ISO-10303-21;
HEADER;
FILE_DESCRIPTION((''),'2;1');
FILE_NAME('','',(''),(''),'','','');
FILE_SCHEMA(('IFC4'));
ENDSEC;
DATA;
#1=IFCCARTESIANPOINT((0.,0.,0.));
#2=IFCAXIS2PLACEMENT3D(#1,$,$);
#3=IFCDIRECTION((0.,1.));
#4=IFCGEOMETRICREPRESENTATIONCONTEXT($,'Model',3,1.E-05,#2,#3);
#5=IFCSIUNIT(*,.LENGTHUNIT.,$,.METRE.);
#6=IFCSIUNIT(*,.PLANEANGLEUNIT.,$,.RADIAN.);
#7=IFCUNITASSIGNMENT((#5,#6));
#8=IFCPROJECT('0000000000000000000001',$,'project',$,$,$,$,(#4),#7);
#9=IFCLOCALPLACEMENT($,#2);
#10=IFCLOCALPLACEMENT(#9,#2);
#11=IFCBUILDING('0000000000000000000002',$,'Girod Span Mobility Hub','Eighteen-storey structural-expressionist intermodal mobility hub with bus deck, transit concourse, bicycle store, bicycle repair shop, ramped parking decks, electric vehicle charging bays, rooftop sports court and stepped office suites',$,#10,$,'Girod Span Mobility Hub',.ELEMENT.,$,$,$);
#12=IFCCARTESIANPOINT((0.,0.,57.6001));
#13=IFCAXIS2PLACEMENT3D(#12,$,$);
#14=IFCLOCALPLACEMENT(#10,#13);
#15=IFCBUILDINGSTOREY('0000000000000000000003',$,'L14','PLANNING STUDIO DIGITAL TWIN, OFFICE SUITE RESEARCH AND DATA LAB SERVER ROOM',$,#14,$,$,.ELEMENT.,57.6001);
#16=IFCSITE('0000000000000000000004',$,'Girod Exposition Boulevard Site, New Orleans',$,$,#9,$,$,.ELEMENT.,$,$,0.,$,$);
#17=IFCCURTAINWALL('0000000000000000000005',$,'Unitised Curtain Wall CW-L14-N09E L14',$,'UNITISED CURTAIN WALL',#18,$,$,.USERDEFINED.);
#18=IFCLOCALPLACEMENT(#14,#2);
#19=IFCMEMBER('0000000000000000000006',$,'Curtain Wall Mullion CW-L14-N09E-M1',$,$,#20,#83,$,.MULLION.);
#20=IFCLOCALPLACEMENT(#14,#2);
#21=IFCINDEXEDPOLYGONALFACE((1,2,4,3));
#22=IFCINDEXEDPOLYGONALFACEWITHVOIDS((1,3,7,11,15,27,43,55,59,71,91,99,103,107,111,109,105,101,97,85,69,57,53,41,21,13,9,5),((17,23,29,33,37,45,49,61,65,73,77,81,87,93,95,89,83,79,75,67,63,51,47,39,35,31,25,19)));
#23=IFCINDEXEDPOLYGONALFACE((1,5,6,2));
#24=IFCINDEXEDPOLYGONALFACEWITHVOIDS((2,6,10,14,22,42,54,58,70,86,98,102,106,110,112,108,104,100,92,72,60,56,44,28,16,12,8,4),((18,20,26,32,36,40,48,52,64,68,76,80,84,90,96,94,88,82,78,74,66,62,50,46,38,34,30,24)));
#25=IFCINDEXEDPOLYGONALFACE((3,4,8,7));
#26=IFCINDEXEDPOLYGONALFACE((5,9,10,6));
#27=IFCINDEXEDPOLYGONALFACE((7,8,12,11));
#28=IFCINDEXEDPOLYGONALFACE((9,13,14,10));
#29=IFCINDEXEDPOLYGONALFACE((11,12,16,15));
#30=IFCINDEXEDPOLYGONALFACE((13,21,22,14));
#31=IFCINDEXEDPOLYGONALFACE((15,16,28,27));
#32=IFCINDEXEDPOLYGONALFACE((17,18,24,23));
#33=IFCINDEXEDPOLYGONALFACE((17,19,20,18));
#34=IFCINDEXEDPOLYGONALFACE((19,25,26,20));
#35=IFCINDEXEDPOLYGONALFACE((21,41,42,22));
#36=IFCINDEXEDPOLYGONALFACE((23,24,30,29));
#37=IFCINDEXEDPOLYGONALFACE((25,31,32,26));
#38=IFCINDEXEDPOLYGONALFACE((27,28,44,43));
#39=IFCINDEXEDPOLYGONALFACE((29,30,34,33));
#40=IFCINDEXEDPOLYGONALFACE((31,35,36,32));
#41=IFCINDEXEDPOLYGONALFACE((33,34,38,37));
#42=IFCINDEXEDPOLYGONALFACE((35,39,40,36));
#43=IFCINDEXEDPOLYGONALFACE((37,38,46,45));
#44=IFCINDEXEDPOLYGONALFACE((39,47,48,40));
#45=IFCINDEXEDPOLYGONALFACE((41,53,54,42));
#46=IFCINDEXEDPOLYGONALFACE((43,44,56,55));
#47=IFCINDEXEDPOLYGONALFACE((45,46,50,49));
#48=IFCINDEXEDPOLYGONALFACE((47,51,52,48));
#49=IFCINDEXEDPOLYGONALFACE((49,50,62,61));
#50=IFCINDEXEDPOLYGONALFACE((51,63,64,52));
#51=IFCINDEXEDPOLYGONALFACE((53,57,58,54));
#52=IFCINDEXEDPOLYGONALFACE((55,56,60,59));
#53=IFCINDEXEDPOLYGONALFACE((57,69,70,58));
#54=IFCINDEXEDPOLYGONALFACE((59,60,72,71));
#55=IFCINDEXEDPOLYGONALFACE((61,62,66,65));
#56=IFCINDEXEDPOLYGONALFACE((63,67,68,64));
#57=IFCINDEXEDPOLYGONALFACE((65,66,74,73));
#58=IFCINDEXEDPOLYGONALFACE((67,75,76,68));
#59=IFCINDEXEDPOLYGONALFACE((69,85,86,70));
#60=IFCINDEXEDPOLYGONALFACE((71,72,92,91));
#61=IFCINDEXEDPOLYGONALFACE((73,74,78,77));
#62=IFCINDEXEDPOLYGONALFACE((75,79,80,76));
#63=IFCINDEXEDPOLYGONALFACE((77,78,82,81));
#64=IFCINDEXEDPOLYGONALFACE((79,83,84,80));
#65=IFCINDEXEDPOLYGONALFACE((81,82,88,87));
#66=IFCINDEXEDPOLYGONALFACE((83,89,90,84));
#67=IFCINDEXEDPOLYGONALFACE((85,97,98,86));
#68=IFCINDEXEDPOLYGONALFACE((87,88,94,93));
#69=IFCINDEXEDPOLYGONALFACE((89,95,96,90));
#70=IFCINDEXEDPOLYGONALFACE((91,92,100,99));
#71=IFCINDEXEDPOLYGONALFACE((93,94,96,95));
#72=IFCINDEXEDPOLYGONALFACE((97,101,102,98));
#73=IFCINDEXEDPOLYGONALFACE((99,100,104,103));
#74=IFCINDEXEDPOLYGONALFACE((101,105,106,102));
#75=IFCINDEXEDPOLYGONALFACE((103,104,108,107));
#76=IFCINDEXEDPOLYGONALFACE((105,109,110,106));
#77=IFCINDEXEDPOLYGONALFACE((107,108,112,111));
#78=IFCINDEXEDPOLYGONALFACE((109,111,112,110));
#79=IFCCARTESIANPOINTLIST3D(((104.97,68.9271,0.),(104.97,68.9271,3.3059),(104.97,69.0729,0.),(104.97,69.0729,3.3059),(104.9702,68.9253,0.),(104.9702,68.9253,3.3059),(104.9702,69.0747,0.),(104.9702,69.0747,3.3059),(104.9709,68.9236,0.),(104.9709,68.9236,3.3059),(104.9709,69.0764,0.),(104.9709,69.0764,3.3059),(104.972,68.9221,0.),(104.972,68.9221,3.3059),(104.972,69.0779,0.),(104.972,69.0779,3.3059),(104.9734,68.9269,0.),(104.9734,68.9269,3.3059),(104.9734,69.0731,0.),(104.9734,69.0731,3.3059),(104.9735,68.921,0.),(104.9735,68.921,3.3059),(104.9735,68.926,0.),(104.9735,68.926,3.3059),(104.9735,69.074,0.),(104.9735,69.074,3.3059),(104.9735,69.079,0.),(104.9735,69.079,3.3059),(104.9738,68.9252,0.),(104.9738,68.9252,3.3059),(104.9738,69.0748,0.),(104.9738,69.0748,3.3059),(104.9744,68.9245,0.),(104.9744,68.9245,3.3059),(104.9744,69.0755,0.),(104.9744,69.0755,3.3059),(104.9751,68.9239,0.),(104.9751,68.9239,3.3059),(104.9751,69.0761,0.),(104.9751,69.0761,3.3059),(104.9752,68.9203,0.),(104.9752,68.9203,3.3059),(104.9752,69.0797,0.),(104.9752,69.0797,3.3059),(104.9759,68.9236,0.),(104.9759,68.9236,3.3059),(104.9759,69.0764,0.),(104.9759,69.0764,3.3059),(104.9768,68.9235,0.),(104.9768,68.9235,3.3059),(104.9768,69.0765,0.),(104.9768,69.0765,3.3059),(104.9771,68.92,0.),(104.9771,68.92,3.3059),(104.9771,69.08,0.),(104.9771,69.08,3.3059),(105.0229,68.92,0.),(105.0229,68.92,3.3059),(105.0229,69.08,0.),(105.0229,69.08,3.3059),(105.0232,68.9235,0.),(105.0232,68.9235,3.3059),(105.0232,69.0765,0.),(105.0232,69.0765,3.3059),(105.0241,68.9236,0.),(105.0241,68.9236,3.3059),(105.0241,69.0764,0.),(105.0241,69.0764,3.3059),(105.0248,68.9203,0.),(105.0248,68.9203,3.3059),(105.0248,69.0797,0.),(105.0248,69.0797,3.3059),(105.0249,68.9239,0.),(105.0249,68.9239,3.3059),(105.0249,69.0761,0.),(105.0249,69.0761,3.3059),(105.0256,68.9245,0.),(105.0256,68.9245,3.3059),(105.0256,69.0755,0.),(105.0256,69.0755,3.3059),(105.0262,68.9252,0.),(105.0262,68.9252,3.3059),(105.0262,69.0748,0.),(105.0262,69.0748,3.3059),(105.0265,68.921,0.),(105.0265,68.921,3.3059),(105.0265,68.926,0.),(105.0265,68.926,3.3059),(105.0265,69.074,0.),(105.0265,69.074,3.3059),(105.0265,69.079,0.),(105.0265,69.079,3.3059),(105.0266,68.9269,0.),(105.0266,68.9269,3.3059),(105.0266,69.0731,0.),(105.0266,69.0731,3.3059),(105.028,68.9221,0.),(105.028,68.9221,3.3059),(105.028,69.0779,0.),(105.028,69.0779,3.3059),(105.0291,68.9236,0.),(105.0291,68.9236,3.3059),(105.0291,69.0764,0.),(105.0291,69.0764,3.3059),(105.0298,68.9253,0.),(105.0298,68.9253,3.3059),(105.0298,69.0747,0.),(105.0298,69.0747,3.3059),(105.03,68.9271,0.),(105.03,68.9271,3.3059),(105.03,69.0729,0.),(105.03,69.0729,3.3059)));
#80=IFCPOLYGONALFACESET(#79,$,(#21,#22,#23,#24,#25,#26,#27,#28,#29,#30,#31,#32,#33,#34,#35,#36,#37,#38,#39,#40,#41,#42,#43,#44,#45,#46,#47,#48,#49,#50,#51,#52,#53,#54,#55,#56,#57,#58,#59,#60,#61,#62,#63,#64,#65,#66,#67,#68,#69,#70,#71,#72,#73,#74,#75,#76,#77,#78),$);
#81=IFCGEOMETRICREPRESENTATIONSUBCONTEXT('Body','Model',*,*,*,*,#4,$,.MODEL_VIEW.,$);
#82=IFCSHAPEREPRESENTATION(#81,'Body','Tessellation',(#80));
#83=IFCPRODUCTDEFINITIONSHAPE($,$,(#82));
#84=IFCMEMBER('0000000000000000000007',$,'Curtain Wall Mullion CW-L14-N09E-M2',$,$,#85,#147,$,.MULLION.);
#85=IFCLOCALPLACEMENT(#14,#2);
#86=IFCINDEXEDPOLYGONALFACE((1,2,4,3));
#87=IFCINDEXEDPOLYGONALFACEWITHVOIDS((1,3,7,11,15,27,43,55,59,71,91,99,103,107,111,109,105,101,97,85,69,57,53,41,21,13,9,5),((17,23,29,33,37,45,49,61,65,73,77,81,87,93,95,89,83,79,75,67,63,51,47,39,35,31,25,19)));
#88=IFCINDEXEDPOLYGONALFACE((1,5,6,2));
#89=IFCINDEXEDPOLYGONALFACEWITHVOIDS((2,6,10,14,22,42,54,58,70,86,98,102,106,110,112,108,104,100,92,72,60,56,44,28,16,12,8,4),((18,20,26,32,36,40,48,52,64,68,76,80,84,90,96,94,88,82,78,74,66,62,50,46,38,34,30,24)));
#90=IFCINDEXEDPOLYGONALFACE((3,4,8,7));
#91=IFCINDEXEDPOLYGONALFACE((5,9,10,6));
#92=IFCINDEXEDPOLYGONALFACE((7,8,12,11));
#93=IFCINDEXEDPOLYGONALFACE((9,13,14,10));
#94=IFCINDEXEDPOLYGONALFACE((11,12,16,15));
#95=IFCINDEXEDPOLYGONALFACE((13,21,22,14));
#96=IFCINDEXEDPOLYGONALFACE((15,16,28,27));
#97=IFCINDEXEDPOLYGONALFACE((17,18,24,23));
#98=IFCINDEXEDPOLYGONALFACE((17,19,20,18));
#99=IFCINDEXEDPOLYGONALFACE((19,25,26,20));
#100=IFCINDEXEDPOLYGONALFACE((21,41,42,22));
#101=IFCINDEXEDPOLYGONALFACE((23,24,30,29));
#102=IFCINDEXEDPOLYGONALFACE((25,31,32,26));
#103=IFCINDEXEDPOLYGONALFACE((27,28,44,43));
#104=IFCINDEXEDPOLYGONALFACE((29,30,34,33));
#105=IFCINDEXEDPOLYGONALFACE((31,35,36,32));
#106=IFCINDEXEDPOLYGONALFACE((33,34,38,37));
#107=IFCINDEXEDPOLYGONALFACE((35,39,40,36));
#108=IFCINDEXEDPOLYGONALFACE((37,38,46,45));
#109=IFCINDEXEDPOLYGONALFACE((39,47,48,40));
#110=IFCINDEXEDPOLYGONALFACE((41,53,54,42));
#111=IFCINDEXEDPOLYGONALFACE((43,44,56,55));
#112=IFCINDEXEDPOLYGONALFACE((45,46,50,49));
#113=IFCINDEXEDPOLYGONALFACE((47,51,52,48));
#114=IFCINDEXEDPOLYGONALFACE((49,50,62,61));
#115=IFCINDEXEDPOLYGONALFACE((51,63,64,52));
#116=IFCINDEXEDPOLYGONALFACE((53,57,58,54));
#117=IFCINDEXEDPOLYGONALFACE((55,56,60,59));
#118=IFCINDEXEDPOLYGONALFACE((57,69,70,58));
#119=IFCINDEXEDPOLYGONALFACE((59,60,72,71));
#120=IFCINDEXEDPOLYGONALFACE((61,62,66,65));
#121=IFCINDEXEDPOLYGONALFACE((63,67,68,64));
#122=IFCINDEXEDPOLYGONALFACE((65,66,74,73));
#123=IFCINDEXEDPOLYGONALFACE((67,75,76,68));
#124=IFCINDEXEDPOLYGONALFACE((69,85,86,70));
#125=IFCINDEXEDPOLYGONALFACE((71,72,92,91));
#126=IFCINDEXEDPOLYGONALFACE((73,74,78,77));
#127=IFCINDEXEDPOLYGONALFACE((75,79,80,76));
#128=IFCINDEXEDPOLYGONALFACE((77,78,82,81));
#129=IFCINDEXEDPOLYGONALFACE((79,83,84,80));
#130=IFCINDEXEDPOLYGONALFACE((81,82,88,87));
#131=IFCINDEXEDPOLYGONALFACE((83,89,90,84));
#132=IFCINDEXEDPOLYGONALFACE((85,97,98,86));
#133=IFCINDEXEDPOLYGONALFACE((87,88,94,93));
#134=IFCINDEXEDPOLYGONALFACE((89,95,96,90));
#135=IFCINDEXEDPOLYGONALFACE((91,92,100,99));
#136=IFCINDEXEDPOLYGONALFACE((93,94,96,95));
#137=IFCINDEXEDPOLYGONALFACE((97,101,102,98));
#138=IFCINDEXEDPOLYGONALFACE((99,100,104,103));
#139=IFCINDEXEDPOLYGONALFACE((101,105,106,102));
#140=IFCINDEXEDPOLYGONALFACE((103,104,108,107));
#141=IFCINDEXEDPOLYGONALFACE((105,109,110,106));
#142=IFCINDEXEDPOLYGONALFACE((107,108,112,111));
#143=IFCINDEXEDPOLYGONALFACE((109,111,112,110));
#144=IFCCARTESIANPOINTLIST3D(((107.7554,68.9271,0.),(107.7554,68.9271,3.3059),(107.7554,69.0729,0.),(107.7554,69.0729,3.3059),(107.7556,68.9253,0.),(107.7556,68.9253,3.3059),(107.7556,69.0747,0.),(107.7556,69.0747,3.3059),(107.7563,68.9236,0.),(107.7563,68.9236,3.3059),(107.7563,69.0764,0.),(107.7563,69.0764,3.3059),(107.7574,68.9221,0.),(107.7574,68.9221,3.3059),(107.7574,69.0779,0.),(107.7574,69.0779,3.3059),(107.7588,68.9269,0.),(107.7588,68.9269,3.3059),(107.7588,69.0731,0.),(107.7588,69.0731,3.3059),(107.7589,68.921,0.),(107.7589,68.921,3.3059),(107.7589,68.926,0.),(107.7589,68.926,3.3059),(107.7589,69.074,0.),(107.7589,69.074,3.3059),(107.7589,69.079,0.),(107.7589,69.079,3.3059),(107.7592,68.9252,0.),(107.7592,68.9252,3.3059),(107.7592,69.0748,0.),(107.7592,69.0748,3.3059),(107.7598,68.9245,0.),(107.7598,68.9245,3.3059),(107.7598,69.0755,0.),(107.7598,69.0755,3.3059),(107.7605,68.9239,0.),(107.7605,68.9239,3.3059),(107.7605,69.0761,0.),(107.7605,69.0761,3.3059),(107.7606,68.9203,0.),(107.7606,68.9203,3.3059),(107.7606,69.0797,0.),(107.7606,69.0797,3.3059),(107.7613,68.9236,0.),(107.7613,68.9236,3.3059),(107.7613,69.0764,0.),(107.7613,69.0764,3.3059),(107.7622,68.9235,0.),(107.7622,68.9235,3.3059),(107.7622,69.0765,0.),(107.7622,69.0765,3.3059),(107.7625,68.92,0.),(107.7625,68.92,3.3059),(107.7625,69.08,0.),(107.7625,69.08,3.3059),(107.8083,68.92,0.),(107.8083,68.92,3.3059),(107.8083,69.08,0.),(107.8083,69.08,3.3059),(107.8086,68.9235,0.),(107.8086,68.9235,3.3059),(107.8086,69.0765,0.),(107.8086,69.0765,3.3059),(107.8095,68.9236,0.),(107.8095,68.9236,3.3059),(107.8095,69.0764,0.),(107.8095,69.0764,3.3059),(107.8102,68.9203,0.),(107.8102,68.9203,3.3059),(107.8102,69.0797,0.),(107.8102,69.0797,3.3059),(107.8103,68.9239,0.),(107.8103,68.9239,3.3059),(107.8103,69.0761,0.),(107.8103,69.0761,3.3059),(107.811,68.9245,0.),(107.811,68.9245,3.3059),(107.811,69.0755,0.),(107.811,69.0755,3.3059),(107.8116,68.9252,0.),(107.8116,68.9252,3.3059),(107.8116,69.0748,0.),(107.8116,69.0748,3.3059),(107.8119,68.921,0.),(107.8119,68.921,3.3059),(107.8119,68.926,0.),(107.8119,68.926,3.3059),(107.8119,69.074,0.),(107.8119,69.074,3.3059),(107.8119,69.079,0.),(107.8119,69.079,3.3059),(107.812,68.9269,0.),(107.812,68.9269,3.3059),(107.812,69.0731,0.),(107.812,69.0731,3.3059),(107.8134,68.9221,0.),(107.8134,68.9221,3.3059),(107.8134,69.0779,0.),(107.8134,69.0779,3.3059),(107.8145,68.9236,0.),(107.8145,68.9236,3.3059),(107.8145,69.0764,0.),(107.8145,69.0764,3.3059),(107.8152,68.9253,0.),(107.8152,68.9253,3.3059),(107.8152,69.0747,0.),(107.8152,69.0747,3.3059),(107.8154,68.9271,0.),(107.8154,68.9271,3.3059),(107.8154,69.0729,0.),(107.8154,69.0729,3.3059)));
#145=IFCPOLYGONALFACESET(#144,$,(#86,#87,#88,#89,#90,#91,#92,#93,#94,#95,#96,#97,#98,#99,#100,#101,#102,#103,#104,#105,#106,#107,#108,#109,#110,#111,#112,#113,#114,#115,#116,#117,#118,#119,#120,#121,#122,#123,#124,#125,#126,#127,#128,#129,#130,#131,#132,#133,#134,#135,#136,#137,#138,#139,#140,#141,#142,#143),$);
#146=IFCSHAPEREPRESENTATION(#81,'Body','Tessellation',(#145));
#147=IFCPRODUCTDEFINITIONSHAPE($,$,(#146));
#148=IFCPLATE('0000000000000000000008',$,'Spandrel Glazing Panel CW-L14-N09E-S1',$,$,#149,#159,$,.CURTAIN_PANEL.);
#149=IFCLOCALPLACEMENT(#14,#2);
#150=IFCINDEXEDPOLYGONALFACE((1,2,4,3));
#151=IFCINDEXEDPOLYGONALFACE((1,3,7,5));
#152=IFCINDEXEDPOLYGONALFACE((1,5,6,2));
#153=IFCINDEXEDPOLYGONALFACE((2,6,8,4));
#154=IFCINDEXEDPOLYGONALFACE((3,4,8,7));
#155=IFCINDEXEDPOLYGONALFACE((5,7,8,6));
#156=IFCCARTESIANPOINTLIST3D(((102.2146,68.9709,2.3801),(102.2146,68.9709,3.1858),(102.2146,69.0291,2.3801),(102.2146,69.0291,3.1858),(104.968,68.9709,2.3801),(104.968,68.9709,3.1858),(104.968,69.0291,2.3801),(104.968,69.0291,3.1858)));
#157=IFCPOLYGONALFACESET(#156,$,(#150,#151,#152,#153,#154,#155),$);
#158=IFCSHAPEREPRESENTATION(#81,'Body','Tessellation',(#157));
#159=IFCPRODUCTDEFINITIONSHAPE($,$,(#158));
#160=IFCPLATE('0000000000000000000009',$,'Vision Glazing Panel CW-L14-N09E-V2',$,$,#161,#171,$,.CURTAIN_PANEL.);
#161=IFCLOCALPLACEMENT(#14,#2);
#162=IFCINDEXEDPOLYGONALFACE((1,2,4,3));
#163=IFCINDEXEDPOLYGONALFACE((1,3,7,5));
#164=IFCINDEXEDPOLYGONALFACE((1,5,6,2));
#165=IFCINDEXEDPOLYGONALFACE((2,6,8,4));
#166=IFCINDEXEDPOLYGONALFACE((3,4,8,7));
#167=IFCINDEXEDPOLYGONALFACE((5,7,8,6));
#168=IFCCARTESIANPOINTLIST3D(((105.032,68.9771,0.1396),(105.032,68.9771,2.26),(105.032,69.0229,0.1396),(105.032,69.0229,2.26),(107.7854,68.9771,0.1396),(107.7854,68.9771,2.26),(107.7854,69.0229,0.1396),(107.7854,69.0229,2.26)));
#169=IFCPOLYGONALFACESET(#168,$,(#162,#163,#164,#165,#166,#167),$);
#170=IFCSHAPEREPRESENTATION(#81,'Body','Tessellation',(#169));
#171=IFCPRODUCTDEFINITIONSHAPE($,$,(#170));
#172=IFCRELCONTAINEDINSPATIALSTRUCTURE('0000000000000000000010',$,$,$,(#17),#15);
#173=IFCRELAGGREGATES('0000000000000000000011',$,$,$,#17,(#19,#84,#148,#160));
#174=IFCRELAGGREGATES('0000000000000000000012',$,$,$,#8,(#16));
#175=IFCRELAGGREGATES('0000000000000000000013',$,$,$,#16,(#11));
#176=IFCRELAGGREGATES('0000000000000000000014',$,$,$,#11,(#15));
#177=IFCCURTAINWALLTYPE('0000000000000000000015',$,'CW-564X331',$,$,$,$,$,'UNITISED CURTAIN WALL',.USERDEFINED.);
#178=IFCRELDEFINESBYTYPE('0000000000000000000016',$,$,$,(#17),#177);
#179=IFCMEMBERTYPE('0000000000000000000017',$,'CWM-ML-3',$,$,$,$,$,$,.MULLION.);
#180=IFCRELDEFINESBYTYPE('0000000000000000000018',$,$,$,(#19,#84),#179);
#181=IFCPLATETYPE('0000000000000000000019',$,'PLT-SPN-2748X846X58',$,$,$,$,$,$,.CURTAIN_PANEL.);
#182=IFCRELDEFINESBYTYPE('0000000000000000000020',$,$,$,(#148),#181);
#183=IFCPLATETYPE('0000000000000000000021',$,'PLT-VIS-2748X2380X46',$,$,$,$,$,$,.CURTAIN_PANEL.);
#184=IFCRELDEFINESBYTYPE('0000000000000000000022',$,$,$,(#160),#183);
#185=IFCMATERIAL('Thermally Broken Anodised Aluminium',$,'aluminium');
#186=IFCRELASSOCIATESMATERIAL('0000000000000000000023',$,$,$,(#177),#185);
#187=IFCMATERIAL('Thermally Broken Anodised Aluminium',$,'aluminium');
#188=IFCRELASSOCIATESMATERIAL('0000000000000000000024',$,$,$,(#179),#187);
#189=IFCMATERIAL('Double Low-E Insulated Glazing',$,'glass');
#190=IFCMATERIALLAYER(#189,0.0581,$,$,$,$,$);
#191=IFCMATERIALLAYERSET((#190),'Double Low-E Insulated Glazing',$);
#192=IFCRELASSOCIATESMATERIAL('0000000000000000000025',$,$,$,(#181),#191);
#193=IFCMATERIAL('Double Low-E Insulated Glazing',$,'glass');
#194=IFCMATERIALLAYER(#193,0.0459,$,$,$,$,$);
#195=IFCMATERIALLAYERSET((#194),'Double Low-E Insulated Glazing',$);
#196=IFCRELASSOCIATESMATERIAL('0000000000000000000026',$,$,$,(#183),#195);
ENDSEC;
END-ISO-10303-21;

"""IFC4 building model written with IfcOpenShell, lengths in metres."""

from ifc_helpers import new_model, si_unit, direction, frame, origin, origin_2d, place, context, subcontext, project, spatial, rectangle, hollow_rectangle, extrude, material, layer, layer_set, material_profile, profile_set, type_object, element, aggregate, save


model = new_model("IFC4")

# Units and contexts
model_context = context("Model", 3, precision=1e-05, world=origin(), true_north=direction((0.0, 1.0)))
body_context = subcontext(model_context, "Body", "Model", "MODEL_VIEW")
ifc_project = project(units=[si_unit("LENGTHUNIT", "METRE"), si_unit("PLANEANGLEUNIT", "RADIAN")], contexts=[model_context])

# Site, building, storey
site_placement = place(None, origin())
site = spatial("IfcSite", under=ifc_project, at=site_placement, Name="Girod Exposition Boulevard Site, New Orleans", CompositionType="ELEMENT", RefElevation=0.0)
building_placement = place(site_placement, origin())
building = spatial("IfcBuilding", under=site, at=building_placement, Name="Girod Span Mobility Hub", Description="Eighteen-storey structural-expressionist intermodal mobility hub with bus deck, transit concourse, bicycle store, bicycle repair shop, ramped parking decks, electric vehicle charging bays, rooftop sports court and stepped office suites", LongName="Girod Span Mobility Hub", CompositionType="ELEMENT")
storey_placement = place(building_placement, frame((0.0, 0.0, 57.6001)))
storey = spatial("IfcBuildingStorey", under=building, at=storey_placement, Name="L14", Description="PLANNING STUDIO DIGITAL TWIN, OFFICE SUITE RESEARCH AND DATA LAB SERVER ROOM", CompositionType="ELEMENT", Elevation=57.6001)

# Curtain wall, members, plates
ifc_material_1 = material(Name="Thermally Broken Anodised Aluminium", Category="aluminium")
curtain_wall_type = type_object("IfcCurtainWallType", Name="CW-564X331", ElementType="UNITISED CURTAIN WALL", PredefinedType="USERDEFINED", material=ifc_material_1)
curtain_wall_placement = place(storey_placement, origin())
curtain_wall = element("IfcCurtainWall", 1, at=curtain_wall_placement, inside=storey, type_object=curtain_wall_type, Name="Unitised Curtain Wall CW-L14-N09E L14", ObjectType="UNITISED CURTAIN WALL", PredefinedType="USERDEFINED")
ifc_material_2 = material(Name="Thermally Broken Anodised Aluminium", Category="aluminium")
ifc_material_profile_1 = material_profile(ifc_material_2, hollow_rectangle(XDim=0.1599, YDim=0.0601, WallThickness=0.0034, InnerFilletRadius=0.0034, OuterFilletRadius=0.0071, at=origin_2d()), Name="CW-ML-60X160")
ifc_profile_set_1 = profile_set([ifc_material_profile_1], Name="Thermally Broken Anodised Aluminium")
member_type = type_object("IfcMemberType", Name="CWM-ML-3", PredefinedType="MULLION", material=ifc_profile_set_1)
member_1_placement = place(storey_placement, frame((105.0, 69.0, 0.0), z_axis=(0.0, 0.0, 1.0), x_axis=(0.0, 1.0, 0.0)))
member_1 = element("IfcMember", 2, at=member_1_placement, type_object=member_type, Name="Curtain Wall Mullion CW-L14-N09E-M1", PredefinedType="MULLION", context=body_context, shape_type="SweptSolid", body=[
    extrude(hollow_rectangle(XDim=0.1599, YDim=0.0601, WallThickness=0.0034, InnerFilletRadius=0.0034, OuterFilletRadius=0.0071, at=origin_2d()), origin(), (0.0, 0.0, 1.0), 3.3059),
])
member_2_placement = place(storey_placement, frame((107.7854, 69.0, 0.0), z_axis=(0.0, 0.0, 1.0), x_axis=(0.0, 1.0, 0.0)))
member_2 = element("IfcMember", 3, at=member_2_placement, type_object=member_type, Name="Curtain Wall Mullion CW-L14-N09E-M2", PredefinedType="MULLION", context=body_context, shape_type="SweptSolid", body=[
    extrude(hollow_rectangle(XDim=0.1599, YDim=0.0601, WallThickness=0.0034, InnerFilletRadius=0.0034, OuterFilletRadius=0.0071, at=origin_2d()), origin(), (0.0, 0.0, 1.0), 3.3059),
])
ifc_material_3 = material(Name="Double Low-E Insulated Glazing", Category="glass")
ifc_layer_1 = layer(ifc_material_3, 0.0581)
ifc_layer_set_1 = layer_set([ifc_layer_1], Name="Double Low-E Insulated Glazing")
plate_type_1 = type_object("IfcPlateType", Name="PLT-SPN-2748X846X58", PredefinedType="CURTAIN_PANEL", material=ifc_layer_set_1)
plate_1_placement = place(storey_placement, frame((103.5913, 69.0, 2.3801), z_axis=(0.0, 0.0, 1.0), x_axis=(1.0, 0.0, 0.0)))
plate_1 = element("IfcPlate", 4, at=plate_1_placement, type_object=plate_type_1, Name="Spandrel Glazing Panel CW-L14-N09E-S1", PredefinedType="CURTAIN_PANEL", context=body_context, shape_type="SweptSolid", body=[
    extrude(rectangle(XDim=2.7534, YDim=0.0581, at=origin_2d()), origin(), (0.0, 0.0, 1.0), 0.8057),
])
ifc_material_4 = material(Name="Double Low-E Insulated Glazing", Category="glass")
ifc_layer_2 = layer(ifc_material_4, 0.0459)
ifc_layer_set_2 = layer_set([ifc_layer_2], Name="Double Low-E Insulated Glazing")
plate_type_2 = type_object("IfcPlateType", Name="PLT-VIS-2748X2380X46", PredefinedType="CURTAIN_PANEL", material=ifc_layer_set_2)
plate_2_placement = place(storey_placement, frame((106.4087, 69.0, 0.1396), z_axis=(0.0, 0.0, 1.0), x_axis=(1.0, 0.0, 0.0)))
plate_2 = element("IfcPlate", 5, at=plate_2_placement, type_object=plate_type_2, Name="Vision Glazing Panel CW-L14-N09E-V2", PredefinedType="CURTAIN_PANEL", context=body_context, shape_type="SweptSolid", body=[
    extrude(rectangle(XDim=2.7534, YDim=0.0459, at=origin_2d()), origin(), (0.0, 0.0, 1.0), 2.1204),
])
aggregate(curtain_wall, [member_1, member_2, plate_1, plate_2])

save(model, "model.ifc")
